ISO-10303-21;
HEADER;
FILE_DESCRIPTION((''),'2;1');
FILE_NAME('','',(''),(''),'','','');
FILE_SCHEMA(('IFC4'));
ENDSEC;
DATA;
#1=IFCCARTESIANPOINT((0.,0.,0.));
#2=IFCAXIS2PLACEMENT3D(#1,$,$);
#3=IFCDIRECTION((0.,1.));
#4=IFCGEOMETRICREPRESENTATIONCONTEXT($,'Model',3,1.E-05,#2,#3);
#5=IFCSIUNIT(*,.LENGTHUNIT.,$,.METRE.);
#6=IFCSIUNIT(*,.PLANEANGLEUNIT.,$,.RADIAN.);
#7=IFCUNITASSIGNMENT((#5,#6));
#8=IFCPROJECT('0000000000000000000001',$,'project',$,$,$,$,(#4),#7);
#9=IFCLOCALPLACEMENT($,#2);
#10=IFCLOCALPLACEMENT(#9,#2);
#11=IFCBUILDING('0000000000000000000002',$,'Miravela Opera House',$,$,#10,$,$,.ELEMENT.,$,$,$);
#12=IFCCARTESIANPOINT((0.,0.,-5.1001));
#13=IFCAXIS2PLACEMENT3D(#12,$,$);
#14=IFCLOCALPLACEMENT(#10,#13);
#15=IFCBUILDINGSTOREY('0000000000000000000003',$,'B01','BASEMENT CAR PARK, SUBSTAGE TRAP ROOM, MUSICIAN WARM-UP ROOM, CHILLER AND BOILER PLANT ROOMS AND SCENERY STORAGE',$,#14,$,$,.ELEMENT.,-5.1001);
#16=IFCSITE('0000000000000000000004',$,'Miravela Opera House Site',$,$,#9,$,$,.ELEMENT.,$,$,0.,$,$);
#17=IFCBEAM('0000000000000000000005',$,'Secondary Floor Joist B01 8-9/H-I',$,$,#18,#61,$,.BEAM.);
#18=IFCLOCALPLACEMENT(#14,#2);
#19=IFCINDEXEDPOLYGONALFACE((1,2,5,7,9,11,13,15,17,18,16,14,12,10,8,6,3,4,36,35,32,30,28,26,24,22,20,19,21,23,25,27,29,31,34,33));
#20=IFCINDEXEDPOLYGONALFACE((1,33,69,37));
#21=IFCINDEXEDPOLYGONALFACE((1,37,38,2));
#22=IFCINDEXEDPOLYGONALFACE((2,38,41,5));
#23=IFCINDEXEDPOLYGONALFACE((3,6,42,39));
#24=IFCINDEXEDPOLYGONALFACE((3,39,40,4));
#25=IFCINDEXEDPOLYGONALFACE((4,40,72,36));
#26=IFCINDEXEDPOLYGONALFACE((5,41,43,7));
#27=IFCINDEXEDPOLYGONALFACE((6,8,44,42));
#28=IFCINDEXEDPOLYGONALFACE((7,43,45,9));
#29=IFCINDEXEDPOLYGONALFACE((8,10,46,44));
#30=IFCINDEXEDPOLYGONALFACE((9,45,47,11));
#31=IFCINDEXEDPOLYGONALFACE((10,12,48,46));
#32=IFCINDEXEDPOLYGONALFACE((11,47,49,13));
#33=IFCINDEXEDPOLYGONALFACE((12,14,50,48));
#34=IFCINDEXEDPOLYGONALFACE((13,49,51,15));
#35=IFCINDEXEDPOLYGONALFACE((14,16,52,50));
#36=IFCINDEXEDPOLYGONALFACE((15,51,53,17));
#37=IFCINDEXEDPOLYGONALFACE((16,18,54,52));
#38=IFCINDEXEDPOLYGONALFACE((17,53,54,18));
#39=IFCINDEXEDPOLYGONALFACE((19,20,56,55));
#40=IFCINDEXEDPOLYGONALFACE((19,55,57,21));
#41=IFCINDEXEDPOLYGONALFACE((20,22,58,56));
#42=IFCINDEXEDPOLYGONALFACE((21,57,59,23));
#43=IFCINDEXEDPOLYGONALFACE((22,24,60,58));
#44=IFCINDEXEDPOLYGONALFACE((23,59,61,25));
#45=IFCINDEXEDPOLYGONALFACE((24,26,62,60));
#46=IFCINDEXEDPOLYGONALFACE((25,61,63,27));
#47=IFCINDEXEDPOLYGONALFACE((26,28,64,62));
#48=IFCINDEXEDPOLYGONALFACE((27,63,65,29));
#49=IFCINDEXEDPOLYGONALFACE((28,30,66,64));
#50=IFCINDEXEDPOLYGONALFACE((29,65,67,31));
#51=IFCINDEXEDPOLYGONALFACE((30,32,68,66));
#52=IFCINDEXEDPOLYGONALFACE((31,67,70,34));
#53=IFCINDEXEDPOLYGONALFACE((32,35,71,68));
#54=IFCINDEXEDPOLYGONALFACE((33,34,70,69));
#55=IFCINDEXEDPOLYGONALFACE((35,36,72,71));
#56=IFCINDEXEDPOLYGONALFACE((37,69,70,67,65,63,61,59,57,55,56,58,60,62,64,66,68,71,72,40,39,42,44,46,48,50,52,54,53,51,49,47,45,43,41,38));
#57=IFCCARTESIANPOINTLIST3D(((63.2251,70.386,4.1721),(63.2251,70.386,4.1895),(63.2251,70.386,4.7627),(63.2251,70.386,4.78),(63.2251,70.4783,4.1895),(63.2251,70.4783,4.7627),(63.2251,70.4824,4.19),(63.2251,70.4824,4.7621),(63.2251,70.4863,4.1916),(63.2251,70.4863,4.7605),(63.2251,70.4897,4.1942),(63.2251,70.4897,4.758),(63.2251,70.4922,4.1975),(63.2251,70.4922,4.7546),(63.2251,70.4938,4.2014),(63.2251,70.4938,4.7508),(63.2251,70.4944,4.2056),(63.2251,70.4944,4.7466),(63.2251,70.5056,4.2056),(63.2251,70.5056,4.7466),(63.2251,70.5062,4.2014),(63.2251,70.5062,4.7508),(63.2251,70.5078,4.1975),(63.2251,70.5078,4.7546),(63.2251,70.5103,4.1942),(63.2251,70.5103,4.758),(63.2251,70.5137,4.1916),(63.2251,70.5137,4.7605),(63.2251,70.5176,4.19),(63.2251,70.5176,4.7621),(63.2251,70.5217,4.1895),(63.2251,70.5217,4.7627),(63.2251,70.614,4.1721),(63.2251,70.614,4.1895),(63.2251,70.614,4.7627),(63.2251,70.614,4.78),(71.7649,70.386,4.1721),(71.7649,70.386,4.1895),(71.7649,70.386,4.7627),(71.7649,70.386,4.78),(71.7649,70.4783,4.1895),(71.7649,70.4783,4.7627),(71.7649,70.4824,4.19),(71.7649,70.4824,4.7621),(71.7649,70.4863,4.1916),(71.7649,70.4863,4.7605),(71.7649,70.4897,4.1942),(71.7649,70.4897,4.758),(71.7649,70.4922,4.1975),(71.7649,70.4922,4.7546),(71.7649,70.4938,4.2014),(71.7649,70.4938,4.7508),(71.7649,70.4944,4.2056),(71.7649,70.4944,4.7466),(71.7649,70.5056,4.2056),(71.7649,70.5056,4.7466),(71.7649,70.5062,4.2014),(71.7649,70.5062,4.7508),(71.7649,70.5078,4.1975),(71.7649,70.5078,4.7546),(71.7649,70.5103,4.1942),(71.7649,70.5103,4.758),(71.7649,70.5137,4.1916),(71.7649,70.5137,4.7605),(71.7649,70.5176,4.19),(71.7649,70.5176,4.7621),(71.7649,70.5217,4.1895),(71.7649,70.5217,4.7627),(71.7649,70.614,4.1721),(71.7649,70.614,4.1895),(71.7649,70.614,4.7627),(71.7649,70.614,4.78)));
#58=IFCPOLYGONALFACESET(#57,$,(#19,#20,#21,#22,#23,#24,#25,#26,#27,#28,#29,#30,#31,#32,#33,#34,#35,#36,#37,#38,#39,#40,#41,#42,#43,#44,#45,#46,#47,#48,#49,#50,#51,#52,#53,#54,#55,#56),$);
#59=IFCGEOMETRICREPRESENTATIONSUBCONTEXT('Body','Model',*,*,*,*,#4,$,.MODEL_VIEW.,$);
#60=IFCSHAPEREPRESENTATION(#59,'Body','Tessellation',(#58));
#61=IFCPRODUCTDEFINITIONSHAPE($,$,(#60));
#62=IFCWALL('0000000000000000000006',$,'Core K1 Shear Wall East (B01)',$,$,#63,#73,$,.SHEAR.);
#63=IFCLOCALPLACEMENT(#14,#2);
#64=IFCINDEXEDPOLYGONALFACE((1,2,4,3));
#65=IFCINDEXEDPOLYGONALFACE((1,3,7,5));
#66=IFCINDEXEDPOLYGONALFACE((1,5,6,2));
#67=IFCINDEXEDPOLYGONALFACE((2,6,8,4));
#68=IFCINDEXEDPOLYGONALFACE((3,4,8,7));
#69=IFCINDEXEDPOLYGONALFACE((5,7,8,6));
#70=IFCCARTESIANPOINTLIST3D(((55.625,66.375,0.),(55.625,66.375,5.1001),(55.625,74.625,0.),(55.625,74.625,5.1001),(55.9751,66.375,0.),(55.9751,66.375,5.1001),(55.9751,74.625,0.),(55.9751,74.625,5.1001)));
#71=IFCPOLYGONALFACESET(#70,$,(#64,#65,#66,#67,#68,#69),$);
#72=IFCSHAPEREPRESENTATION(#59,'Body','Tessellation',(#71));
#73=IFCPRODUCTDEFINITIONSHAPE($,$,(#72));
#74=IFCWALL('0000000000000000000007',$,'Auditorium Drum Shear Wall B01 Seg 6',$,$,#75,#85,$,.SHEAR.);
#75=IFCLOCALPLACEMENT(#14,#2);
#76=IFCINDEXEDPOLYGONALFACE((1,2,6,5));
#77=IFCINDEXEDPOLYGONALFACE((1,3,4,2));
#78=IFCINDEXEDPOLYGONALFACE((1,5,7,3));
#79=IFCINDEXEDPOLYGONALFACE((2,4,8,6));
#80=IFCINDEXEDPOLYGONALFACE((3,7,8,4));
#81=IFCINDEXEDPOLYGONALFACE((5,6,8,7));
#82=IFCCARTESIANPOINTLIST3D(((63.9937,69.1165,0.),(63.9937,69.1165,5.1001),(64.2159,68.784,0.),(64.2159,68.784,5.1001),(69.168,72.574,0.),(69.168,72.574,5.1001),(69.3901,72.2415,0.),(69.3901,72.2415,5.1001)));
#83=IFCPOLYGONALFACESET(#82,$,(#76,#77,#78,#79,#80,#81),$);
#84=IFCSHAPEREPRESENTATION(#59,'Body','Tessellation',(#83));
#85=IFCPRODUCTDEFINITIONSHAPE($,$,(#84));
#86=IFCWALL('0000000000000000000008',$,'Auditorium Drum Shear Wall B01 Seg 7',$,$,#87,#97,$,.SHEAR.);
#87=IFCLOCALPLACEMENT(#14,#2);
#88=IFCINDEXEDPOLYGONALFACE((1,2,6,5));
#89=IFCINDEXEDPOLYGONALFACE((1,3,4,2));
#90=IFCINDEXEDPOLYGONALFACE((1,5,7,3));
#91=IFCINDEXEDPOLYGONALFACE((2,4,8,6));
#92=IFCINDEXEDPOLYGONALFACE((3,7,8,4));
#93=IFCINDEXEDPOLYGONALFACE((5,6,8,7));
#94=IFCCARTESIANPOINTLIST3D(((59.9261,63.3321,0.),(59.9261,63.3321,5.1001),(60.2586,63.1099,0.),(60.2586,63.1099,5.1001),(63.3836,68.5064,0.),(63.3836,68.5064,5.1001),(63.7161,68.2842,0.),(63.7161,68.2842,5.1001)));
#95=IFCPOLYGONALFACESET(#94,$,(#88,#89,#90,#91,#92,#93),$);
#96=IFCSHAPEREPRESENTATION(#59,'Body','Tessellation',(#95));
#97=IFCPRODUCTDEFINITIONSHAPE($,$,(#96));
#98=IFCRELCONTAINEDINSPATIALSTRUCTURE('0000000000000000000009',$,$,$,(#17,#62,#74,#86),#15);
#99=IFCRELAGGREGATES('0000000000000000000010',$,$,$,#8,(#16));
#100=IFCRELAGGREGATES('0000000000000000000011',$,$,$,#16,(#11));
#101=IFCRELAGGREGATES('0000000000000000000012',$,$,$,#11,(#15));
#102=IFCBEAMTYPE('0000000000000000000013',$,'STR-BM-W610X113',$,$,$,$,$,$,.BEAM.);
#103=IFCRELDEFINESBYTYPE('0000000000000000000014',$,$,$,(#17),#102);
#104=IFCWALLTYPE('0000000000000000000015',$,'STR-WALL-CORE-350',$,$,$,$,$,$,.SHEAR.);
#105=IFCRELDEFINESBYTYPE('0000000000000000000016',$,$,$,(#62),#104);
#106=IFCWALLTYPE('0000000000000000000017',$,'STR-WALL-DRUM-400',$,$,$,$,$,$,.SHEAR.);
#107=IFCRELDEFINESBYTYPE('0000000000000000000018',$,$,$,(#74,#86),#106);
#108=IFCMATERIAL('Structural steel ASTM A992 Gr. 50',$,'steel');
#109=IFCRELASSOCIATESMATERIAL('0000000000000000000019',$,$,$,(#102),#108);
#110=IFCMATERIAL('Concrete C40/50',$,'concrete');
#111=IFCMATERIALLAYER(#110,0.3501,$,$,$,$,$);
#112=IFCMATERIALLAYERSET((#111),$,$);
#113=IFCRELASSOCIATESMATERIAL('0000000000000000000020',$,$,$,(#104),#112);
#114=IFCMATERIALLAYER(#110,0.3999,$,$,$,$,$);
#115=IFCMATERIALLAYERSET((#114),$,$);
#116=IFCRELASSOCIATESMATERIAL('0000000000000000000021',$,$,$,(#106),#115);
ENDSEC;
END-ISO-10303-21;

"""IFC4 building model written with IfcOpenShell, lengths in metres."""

from ifc_helpers import new_model, si_unit, direction, frame, frame_2d, origin, origin_2d, place, context, subcontext, project, spatial, rectangle, i_section, extrude, material, layer, layer_set, material_profile, profile_set, type_object, element, save


model = new_model("IFC4")

# Units and contexts
model_context = context("Model", 3, precision=1e-05, world=origin(), true_north=direction((0.0, 1.0)))
body_context = subcontext(model_context, "Body", "Model", "MODEL_VIEW")
ifc_project = project(units=[si_unit("LENGTHUNIT", "METRE"), si_unit("PLANEANGLEUNIT", "RADIAN")], contexts=[model_context])

# Site, building, storey
site_placement = place(None, origin())
site = spatial("IfcSite", under=ifc_project, at=site_placement, Name="Miravela Opera House Site", CompositionType="ELEMENT", RefElevation=0.0)
building_placement = place(site_placement, origin())
building = spatial("IfcBuilding", under=site, at=building_placement, Name="Miravela Opera House", CompositionType="ELEMENT")
storey_placement = place(building_placement, frame((0.0, 0.0, -5.1001)))
storey = spatial("IfcBuildingStorey", under=building, at=storey_placement, Name="B01", Description="BASEMENT CAR PARK, SUBSTAGE TRAP ROOM, MUSICIAN WARM-UP ROOM, CHILLER AND BOILER PLANT ROOMS AND SCENERY STORAGE", CompositionType="ELEMENT", Elevation=-5.1001)

# Shared definitions
ifc_material_1 = material(Name="Concrete C40/50", Category="concrete")

# Beam
ifc_material_2 = material(Name="Structural steel ASTM A992 Gr. 50", Category="steel")
ifc_material_profile_1 = material_profile(ifc_material_2, i_section(OverallWidth=0.228, OverallDepth=0.6079, WebThickness=0.0112, FlangeThickness=0.0173, FilletRadius=0.0161, at=origin_2d()), Name="W610X113")
ifc_profile_set_1 = profile_set([ifc_material_profile_1])
beam_type_1 = type_object("IfcBeamType", Name="STR-BM-W610X113", PredefinedType="BEAM", material=ifc_profile_set_1)
beam_1_placement = place(storey_placement, frame((63.2251, 70.5, 4.4761), z_axis=(1.0, 0.0, 0.0), x_axis=(0.0, 1.0, 0.0)))
element("IfcBeam", 1, at=beam_1_placement, inside=storey, type_object=beam_type_1, Name="Secondary Floor Joist B01 8-9/H-I", PredefinedType="BEAM", context=body_context, shape_type="SweptSolid", body=[
    extrude(i_section(OverallWidth=0.228, OverallDepth=0.6079, WebThickness=0.0112, FlangeThickness=0.0173, FilletRadius=0.0161, at=origin_2d()), origin(), (0.0, 0.0, 1.0), 8.5398),
])

# Walls
ifc_layer_1 = layer(ifc_material_1, 0.3501)
ifc_layer_set_1 = layer_set([ifc_layer_1])
wall_type_1 = type_object("IfcWallType", Name="STR-WALL-CORE-350", PredefinedType="SHEAR", material=ifc_layer_set_1)
wall_placement = place(storey_placement, frame((55.8, 66.375, 0.0), z_axis=(0.0, 0.0, 1.0), x_axis=(0.0, 1.0, 0.0)))
element("IfcWall", 2, at=wall_placement, inside=storey, type_object=wall_type_1, Name="Core K1 Shear Wall East (B01)", PredefinedType="SHEAR", context=body_context, shape_type="SweptSolid", body=[
    extrude(rectangle(XDim=8.25, YDim=0.3501, at=frame_2d((4.125, 0.0))), origin(), (0.0, 0.0, 1.0), 5.1001),
])
ifc_layer_2 = layer(ifc_material_1, 0.3999)
ifc_layer_set_2 = layer_set([ifc_layer_2])
wall_type_2 = type_object("IfcWallType", Name="STR-WALL-DRUM-400", PredefinedType="SHEAR", material=ifc_layer_set_2)
for number, where, z_axis, x_axis, name in (
    (3, (69.2791, 72.4077, 0.0), (0.0, 0.0, 1.0), (-0.831458, -0.555587, 0.0), "Auditorium Drum Shear Wall B01 Seg 6"),
    (4, (63.5498, 68.3953, 0.0), (0.0, 0.0, 1.0), (-0.555587, -0.831458, 0.0), "Auditorium Drum Shear Wall B01 Seg 7"),
):
    element("IfcWall", number, at=place(storey_placement, frame(where, z_axis=z_axis, x_axis=x_axis)), inside=storey, type_object=wall_type_2, Name=name, PredefinedType="SHEAR", context=body_context, shape_type="SweptSolid", body=[
        extrude(rectangle(XDim=6.2231, YDim=0.3999, at=frame_2d((3.1116, 0.0))), origin(), (0.0, 0.0, 1.0), 5.1001),
    ])

save(model, "model.ifc")
